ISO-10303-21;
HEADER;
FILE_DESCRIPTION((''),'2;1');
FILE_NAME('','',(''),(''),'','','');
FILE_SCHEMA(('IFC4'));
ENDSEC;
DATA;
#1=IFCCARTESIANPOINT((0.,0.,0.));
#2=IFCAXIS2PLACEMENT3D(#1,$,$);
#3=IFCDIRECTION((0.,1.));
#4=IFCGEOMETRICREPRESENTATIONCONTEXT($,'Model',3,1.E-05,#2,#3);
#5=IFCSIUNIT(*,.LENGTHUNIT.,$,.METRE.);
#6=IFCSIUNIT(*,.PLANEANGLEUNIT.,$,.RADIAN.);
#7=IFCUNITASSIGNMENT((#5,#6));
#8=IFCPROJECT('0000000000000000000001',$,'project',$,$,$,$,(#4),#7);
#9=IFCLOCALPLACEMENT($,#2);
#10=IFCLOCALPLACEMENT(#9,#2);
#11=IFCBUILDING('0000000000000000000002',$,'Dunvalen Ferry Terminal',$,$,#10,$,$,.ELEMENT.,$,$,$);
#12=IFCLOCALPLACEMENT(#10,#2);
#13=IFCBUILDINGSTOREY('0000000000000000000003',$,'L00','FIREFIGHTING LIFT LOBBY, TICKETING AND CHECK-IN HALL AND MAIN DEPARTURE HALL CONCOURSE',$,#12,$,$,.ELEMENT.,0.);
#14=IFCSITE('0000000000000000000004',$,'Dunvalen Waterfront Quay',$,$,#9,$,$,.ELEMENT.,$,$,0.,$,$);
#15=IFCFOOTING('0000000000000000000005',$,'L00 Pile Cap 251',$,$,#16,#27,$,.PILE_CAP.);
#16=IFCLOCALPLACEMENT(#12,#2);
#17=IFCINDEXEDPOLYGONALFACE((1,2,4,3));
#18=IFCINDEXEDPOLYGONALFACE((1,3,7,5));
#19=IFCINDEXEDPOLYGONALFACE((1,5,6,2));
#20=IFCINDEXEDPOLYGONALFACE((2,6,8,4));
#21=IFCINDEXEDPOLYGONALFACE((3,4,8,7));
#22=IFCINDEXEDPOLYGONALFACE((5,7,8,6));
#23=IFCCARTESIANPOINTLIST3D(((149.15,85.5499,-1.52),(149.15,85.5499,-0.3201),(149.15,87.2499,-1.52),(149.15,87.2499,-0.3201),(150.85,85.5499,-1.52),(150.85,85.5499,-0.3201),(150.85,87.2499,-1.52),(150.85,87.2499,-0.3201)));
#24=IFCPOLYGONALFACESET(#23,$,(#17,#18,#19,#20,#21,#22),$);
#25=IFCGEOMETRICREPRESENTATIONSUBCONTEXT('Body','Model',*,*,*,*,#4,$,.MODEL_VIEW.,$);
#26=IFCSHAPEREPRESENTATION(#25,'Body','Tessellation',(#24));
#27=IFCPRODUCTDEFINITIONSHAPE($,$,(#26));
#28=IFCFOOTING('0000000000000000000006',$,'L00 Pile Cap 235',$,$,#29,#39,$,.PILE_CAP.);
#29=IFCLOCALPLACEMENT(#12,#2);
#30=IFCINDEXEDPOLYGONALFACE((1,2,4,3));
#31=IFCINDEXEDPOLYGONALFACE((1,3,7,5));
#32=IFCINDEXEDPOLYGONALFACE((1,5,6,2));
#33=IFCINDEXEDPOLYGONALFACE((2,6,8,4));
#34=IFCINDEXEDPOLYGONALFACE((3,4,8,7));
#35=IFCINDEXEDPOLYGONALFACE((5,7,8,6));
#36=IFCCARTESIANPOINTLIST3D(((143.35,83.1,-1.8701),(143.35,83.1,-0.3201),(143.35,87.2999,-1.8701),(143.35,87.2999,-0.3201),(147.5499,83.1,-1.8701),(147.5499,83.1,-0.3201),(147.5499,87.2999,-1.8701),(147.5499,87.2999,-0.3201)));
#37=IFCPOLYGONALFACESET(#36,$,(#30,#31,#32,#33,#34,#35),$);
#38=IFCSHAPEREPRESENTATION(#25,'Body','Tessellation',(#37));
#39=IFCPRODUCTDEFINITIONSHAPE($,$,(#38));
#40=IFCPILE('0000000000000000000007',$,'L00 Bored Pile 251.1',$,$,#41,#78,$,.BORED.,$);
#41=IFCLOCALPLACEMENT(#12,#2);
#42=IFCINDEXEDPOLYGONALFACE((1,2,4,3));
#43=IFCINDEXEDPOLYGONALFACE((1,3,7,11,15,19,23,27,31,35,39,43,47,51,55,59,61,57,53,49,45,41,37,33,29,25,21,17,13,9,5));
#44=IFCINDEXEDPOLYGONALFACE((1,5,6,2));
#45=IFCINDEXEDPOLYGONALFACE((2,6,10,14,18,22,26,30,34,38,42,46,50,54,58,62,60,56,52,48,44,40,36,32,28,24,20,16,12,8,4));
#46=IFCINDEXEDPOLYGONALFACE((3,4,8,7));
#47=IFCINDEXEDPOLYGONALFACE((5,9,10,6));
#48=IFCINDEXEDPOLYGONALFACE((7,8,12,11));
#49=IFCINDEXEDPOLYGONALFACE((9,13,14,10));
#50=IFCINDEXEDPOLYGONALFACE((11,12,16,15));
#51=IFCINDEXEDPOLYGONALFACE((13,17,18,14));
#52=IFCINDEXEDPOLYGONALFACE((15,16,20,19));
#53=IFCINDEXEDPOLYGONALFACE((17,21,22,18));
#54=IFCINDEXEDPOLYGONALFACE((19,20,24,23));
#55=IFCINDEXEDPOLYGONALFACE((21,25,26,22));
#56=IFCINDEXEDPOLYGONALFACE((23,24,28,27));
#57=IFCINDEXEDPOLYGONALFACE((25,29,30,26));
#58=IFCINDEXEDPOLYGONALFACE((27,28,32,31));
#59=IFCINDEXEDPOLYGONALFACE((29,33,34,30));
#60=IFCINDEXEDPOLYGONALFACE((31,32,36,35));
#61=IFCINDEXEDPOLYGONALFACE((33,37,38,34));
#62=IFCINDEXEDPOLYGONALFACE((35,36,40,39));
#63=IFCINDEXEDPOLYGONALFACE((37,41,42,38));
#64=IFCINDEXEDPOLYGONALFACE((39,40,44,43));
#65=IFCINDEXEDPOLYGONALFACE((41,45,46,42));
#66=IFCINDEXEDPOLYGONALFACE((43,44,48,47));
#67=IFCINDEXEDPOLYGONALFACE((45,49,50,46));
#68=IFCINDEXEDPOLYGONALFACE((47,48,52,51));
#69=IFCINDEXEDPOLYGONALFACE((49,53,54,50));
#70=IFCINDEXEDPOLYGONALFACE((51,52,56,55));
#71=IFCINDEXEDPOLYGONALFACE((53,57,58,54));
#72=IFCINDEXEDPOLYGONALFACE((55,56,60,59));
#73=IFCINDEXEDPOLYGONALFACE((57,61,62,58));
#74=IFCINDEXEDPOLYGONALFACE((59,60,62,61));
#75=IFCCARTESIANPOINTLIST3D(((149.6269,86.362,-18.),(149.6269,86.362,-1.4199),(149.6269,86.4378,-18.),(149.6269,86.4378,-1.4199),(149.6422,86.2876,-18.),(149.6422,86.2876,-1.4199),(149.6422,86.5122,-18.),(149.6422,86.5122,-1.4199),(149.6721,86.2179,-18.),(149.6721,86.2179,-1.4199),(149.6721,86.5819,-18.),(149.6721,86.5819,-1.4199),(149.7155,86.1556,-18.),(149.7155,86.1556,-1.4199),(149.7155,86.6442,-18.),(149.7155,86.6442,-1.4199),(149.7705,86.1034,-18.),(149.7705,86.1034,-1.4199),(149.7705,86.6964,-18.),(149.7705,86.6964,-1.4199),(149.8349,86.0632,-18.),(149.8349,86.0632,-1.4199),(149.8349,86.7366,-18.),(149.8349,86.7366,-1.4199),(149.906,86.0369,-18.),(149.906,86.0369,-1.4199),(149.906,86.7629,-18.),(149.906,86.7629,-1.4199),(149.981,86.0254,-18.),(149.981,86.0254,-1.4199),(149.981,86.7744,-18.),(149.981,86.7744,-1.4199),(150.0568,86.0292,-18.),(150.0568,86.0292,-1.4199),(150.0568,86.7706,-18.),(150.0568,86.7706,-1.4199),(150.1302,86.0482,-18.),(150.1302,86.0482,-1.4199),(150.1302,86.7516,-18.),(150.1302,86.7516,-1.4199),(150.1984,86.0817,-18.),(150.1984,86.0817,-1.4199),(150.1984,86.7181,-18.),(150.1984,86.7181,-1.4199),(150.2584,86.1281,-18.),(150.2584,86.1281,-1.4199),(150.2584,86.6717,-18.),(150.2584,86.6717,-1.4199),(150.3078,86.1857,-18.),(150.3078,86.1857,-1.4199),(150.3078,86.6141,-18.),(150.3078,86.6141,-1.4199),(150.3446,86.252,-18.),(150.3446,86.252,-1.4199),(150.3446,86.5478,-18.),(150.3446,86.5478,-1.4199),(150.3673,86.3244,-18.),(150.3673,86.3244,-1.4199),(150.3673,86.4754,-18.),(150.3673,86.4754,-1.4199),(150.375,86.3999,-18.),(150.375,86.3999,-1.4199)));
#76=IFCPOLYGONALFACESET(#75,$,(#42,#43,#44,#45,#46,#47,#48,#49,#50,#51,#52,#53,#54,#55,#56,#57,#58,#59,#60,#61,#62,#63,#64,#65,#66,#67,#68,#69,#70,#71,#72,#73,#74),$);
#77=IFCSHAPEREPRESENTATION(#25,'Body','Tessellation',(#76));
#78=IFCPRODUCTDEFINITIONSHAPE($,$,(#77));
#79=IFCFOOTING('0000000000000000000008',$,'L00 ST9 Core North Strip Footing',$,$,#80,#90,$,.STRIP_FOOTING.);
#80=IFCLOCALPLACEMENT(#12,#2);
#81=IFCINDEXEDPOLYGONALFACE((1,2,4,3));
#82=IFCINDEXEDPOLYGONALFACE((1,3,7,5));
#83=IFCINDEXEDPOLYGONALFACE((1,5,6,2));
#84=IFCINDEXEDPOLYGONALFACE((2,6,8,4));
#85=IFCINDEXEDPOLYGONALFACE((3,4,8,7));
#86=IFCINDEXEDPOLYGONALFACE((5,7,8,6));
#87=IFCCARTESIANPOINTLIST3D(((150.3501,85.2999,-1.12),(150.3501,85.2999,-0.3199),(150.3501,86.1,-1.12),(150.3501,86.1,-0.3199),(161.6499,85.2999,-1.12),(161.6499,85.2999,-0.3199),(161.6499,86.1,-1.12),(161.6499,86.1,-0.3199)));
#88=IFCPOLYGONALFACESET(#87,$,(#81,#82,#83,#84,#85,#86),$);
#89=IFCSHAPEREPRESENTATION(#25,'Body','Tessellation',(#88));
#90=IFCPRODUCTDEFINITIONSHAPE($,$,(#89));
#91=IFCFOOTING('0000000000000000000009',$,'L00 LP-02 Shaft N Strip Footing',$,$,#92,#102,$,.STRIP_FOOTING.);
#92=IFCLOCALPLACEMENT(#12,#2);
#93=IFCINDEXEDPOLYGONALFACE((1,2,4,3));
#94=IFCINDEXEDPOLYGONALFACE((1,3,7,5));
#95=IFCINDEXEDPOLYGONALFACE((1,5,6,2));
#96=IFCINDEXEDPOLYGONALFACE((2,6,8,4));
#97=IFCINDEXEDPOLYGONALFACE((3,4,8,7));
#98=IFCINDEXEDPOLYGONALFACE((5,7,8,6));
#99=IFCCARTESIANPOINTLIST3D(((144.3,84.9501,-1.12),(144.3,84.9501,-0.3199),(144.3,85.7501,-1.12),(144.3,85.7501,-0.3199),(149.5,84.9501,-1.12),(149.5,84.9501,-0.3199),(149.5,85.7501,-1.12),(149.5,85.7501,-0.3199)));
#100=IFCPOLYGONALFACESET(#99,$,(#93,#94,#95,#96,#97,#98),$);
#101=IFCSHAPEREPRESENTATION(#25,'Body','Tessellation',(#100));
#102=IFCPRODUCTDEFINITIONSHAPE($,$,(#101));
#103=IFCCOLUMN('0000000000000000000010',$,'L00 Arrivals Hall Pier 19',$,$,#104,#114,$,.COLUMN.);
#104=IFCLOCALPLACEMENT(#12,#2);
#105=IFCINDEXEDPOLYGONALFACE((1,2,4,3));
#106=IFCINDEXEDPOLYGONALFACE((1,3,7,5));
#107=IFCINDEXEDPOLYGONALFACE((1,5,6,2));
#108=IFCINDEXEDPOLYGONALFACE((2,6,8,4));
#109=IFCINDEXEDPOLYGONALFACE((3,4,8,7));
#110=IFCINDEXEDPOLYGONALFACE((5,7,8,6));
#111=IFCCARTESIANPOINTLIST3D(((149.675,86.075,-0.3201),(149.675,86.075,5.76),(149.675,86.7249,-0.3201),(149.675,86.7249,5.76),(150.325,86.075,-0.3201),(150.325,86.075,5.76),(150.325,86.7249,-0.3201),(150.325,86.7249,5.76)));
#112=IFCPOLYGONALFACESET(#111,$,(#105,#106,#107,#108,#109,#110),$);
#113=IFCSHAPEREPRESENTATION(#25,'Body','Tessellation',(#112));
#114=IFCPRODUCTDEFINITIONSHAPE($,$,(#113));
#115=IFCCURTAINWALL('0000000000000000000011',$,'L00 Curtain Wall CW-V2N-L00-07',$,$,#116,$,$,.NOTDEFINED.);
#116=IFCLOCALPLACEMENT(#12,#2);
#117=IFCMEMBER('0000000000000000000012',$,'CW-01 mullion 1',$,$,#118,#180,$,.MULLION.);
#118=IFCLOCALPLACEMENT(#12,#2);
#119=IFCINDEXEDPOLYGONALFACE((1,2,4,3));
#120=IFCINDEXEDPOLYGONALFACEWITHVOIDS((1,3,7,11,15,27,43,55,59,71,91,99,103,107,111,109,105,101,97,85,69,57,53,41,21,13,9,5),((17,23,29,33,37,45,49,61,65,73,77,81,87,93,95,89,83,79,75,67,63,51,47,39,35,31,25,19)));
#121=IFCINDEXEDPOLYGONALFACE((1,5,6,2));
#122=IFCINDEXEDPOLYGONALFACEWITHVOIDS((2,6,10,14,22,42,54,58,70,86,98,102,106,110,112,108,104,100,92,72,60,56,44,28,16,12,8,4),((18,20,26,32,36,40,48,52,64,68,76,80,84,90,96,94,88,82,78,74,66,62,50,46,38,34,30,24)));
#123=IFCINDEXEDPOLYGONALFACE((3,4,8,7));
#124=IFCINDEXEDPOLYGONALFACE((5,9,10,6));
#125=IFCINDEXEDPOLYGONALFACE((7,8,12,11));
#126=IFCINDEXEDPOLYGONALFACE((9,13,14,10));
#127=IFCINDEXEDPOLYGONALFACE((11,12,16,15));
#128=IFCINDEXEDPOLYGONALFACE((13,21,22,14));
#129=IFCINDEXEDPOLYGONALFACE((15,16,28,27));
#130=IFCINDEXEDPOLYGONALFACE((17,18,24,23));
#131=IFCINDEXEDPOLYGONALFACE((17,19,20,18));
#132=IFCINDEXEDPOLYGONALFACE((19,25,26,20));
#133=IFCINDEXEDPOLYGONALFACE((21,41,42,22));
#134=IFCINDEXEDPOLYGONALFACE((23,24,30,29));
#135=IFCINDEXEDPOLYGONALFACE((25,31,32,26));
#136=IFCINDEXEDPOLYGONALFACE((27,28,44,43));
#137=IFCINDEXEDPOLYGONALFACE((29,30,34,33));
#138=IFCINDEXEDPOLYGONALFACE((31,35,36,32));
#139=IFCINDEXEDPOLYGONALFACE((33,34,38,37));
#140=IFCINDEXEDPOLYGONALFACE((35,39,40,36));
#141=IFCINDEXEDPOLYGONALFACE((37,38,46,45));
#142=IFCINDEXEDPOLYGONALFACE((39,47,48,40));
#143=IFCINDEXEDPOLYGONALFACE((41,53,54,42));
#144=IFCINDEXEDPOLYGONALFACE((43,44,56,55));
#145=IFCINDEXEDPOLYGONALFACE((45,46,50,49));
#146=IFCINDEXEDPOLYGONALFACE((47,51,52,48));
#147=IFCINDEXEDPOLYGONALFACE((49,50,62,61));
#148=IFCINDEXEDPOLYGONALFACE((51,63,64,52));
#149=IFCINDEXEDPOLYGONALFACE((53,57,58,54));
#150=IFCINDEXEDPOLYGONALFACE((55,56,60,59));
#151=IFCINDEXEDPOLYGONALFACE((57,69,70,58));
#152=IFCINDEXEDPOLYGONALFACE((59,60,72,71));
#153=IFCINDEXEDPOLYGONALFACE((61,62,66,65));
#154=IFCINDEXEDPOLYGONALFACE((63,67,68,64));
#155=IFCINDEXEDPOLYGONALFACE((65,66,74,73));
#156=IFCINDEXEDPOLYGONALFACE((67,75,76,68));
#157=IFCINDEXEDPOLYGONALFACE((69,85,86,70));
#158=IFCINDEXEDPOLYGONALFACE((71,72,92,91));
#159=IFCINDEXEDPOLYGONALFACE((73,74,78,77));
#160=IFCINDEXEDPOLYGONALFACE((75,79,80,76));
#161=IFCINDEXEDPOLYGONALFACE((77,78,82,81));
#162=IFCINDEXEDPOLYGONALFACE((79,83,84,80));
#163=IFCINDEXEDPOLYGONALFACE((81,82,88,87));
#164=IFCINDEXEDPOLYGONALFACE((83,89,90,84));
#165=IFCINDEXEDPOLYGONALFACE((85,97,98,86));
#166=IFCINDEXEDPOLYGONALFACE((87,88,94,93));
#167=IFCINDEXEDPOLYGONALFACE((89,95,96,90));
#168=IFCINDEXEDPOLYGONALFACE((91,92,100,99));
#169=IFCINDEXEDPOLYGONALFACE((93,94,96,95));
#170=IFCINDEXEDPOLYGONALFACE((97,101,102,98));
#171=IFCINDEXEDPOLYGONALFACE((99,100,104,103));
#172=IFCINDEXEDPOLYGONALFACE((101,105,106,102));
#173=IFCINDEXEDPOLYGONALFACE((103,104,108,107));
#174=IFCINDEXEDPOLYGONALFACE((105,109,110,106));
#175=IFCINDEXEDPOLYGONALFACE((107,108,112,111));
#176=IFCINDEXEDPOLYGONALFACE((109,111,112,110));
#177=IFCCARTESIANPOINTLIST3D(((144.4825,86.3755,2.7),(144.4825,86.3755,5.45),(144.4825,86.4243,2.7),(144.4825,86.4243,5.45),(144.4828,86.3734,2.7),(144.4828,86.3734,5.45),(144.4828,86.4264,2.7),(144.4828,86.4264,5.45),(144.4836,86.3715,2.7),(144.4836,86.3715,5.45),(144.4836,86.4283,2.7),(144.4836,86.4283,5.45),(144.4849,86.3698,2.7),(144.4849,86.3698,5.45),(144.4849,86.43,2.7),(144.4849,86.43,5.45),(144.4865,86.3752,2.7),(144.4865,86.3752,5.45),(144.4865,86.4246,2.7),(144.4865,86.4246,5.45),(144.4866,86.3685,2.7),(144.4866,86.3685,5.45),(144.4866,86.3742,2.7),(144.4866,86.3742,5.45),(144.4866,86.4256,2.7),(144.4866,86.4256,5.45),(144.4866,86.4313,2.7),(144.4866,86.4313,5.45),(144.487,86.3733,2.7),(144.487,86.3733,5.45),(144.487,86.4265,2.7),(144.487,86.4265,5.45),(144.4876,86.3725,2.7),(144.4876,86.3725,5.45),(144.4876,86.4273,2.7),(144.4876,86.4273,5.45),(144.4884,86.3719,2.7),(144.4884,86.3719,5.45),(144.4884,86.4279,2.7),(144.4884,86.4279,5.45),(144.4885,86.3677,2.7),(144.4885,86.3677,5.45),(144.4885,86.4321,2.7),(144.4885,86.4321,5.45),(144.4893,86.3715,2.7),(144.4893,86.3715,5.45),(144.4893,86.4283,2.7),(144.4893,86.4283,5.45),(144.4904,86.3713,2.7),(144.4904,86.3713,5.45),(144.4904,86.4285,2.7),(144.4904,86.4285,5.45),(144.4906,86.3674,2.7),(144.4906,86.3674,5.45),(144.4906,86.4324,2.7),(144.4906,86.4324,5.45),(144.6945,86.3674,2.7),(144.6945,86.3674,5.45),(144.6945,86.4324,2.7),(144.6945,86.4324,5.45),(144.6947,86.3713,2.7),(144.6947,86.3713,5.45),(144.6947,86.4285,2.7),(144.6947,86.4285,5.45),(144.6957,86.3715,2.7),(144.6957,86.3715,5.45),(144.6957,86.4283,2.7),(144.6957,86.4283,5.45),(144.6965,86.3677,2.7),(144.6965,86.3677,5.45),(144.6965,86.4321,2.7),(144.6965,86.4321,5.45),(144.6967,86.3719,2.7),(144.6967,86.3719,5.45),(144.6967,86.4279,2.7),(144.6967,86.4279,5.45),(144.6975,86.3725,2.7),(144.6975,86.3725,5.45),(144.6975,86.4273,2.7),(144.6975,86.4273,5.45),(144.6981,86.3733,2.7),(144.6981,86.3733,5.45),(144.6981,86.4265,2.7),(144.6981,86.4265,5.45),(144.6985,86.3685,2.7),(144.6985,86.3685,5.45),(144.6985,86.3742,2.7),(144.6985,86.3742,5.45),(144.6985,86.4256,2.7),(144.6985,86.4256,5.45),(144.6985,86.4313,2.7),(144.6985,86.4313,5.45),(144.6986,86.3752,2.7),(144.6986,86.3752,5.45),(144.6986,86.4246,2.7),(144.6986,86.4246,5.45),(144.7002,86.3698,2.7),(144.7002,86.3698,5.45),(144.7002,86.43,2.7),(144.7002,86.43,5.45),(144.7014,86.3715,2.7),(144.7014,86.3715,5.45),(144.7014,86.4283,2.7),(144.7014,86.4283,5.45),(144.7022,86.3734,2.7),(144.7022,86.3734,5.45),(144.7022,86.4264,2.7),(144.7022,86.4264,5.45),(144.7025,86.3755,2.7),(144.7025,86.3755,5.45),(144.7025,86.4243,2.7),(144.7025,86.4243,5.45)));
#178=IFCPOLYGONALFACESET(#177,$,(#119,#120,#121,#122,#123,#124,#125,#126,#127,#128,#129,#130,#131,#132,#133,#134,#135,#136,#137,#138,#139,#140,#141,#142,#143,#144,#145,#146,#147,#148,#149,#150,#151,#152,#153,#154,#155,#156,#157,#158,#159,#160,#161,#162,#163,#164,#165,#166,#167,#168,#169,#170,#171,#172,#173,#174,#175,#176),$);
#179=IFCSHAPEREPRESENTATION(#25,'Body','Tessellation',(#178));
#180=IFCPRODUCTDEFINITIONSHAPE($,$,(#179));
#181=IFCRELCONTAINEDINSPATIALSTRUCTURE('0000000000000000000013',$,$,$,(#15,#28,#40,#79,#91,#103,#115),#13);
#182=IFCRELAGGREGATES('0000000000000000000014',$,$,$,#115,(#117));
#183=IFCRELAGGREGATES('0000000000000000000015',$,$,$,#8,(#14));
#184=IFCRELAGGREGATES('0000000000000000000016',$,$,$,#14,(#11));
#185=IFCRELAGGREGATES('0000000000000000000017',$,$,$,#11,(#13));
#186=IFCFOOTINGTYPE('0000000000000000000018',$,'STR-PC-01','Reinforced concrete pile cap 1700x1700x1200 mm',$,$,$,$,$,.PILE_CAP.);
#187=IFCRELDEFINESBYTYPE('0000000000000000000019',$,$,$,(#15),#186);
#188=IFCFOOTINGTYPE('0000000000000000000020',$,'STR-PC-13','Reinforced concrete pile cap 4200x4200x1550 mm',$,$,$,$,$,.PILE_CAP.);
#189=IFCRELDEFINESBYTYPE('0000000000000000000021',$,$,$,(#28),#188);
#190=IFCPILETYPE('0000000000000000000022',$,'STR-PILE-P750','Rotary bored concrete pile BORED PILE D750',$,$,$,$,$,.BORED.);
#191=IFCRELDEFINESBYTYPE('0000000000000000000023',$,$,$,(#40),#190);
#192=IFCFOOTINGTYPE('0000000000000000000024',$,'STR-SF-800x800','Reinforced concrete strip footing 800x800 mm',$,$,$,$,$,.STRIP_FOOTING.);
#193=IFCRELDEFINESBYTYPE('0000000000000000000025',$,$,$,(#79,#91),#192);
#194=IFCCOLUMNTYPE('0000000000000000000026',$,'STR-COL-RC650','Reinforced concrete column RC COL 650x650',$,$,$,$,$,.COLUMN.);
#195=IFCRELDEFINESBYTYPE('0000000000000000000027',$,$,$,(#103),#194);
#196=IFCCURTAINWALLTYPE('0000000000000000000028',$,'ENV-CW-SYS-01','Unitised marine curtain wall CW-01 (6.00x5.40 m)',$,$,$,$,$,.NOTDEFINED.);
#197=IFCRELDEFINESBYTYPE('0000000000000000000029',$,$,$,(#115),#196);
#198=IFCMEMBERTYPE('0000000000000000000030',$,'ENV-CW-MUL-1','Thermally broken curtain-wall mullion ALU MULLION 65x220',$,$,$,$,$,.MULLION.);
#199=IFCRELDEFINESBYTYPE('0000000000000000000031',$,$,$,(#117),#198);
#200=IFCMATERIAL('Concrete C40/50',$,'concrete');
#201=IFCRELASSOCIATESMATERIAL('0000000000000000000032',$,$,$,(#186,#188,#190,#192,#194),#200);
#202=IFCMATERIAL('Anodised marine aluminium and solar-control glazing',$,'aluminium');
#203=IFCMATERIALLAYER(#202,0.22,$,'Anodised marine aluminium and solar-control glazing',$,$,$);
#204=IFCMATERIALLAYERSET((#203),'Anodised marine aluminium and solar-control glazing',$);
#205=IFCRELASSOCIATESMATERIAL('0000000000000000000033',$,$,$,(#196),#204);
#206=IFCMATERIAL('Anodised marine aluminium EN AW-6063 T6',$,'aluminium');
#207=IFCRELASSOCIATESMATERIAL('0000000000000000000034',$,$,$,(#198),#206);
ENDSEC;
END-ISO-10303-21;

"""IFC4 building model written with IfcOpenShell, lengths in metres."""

from ifc_helpers import new_model, si_unit, direction, frame, origin, origin_2d, place, context, subcontext, project, spatial, rectangle, hollow_rectangle, circle, extrude, material, layer, layer_set, material_profile, profile_set, type_object, element, aggregate, save


model = new_model("IFC4")

# Units and contexts
model_context = context("Model", 3, precision=1e-05, world=origin(), true_north=direction((0.0, 1.0)))
body_context = subcontext(model_context, "Body", "Model", "MODEL_VIEW")
ifc_project = project(units=[si_unit("LENGTHUNIT", "METRE"), si_unit("PLANEANGLEUNIT", "RADIAN")], contexts=[model_context])

# Site, building, storey
site_placement = place(None, origin())
site = spatial("IfcSite", under=ifc_project, at=site_placement, Name="Dunvalen Waterfront Quay", CompositionType="ELEMENT", RefElevation=0.0)
building_placement = place(site_placement, origin())
building = spatial("IfcBuilding", under=site, at=building_placement, Name="Dunvalen Ferry Terminal", CompositionType="ELEMENT")
storey_placement = place(building_placement, origin())
storey = spatial("IfcBuildingStorey", under=building, at=storey_placement, Name="L00", Description="FIREFIGHTING LIFT LOBBY, TICKETING AND CHECK-IN HALL AND MAIN DEPARTURE HALL CONCOURSE", CompositionType="ELEMENT", Elevation=0.0)

# Footings
ifc_material_1 = material(Name="Concrete C40/50", Category="concrete")
footing_type_1 = type_object("IfcFootingType", Name="STR-PC-01", Description="Reinforced concrete pile cap 1700x1700x1200 mm", PredefinedType="PILE_CAP", material=ifc_material_1)
footing_1_placement = place(storey_placement, frame((150.0, 86.3999, -1.52), z_axis=(0.0, 0.0, 1.0), x_axis=(1.0, 0.0, 0.0)))
element("IfcFooting", 1, at=footing_1_placement, inside=storey, type_object=footing_type_1, Name="L00 Pile Cap 251", PredefinedType="PILE_CAP", context=body_context, shape_type="SweptSolid", body=[
    extrude(rectangle(XDim=1.7, YDim=1.7, at=origin_2d()), origin(), (0.0, 0.0, 1.0), 1.2),
])
footing_type_2 = type_object("IfcFootingType", Name="STR-PC-13", Description="Reinforced concrete pile cap 4200x4200x1550 mm", PredefinedType="PILE_CAP", material=ifc_material_1)
footing_2_placement = place(storey_placement, frame((145.45, 85.2, -1.8701), z_axis=(0.0, 0.0, 1.0), x_axis=(1.0, 0.0, 0.0)))
element("IfcFooting", 2, at=footing_2_placement, inside=storey, type_object=footing_type_2, Name="L00 Pile Cap 235", PredefinedType="PILE_CAP", context=body_context, shape_type="SweptSolid", body=[
    extrude(rectangle(XDim=4.2, YDim=4.2, at=origin_2d()), origin(), (0.0, 0.0, 1.0), 1.55),
])

# Pile
ifc_material_profile_1 = material_profile(ifc_material_1, circle(Radius=0.375, at=origin_2d()), Name="Concrete C40/50")
ifc_profile_set_1 = profile_set([ifc_material_profile_1], Name="Concrete C40/50")
pile_type = type_object("IfcPileType", Name="STR-PILE-P750", Description="Rotary bored concrete pile BORED PILE D750", PredefinedType="BORED", material=ifc_profile_set_1)
pile_placement = place(storey_placement, frame((150.0, 86.3999, -1.4199), z_axis=(0.0, 0.0, -1.0), x_axis=(1.0, 0.0, 0.0)))
element("IfcPile", 3, at=pile_placement, inside=storey, type_object=pile_type, Name="L00 Bored Pile 251.1", PredefinedType="BORED", context=body_context, shape_type="SweptSolid", body=[
    extrude(circle(Radius=0.375, at=origin_2d()), origin(), (0.0, 0.0, 1.0), 16.5801),
])

# Footings
ifc_material_profile_2 = material_profile(ifc_material_1, rectangle(XDim=0.8, YDim=0.8, at=origin_2d()), Name="Concrete C40/50")
ifc_profile_set_2 = profile_set([ifc_material_profile_2], Name="Concrete C40/50")
footing_type_3 = type_object("IfcFootingType", Name="STR-SF-800x800", Description="Reinforced concrete strip footing 800x800 mm", PredefinedType="STRIP_FOOTING", material=ifc_profile_set_2)
footing_3_placement = place(storey_placement, frame((150.3501, 85.7, -0.72), z_axis=(1.0, 0.0, 0.0), x_axis=(0.0, 1.0, 0.0)))
element("IfcFooting", 4, at=footing_3_placement, inside=storey, type_object=footing_type_3, Name="L00 ST9 Core North Strip Footing", PredefinedType="STRIP_FOOTING", context=body_context, shape_type="SweptSolid", body=[
    extrude(rectangle(XDim=0.8, YDim=0.8, at=origin_2d()), origin(), (0.0, 0.0, 1.0), 11.2998),
])
footing_4_placement = place(storey_placement, frame((144.3, 85.3501, -0.72), z_axis=(1.0, 0.0, 0.0), x_axis=(0.0, 1.0, 0.0)))
element("IfcFooting", 5, at=footing_4_placement, inside=storey, type_object=footing_type_3, Name="L00 LP-02 Shaft N Strip Footing", PredefinedType="STRIP_FOOTING", context=body_context, shape_type="SweptSolid", body=[
    extrude(rectangle(XDim=0.8, YDim=0.8, at=origin_2d()), origin(), (0.0, 0.0, 1.0), 5.2),
])

# Column
ifc_material_profile_3 = material_profile(ifc_material_1, rectangle(XDim=0.6499, YDim=0.6499, at=origin_2d()), Name="Concrete C40/50")
ifc_profile_set_3 = profile_set([ifc_material_profile_3], Name="Concrete C40/50")
column_type = type_object("IfcColumnType", Name="STR-COL-RC650", Description="Reinforced concrete column RC COL 650x650", PredefinedType="COLUMN", material=ifc_profile_set_3)
column_placement = place(storey_placement, frame((150.0, 86.3999, -0.3201), z_axis=(0.0, 0.0, 1.0), x_axis=(1.0, 0.0, 0.0)))
element("IfcColumn", 6, at=column_placement, inside=storey, type_object=column_type, Name="L00 Arrivals Hall Pier 19", PredefinedType="COLUMN", context=body_context, shape_type="SweptSolid", body=[
    extrude(rectangle(XDim=0.6499, YDim=0.6499, at=origin_2d()), origin(), (0.0, 0.0, 1.0), 6.0801),
])

# Curtain wall, member
ifc_material_2 = material(Name="Anodised marine aluminium and solar-control glazing", Category="aluminium")
ifc_layer_1 = layer(ifc_material_2, 0.22, Name="Anodised marine aluminium and solar-control glazing")
ifc_layer_set_1 = layer_set([ifc_layer_1], Name="Anodised marine aluminium and solar-control glazing")
curtain_wall_type = type_object("IfcCurtainWallType", Name="ENV-CW-SYS-01", Description="Unitised marine curtain wall CW-01 (6.00x5.40 m)", PredefinedType="NOTDEFINED", material=ifc_layer_set_1)
curtain_wall_1_placement = place(storey_placement, origin())
curtain_wall_1 = element("IfcCurtainWall", 7, at=curtain_wall_1_placement, inside=storey, type_object=curtain_wall_type, Name="L00 Curtain Wall CW-V2N-L00-07", PredefinedType="NOTDEFINED")
ifc_material_3 = material(Name="Anodised marine aluminium EN AW-6063 T6", Category="aluminium")
ifc_material_profile_4 = material_profile(ifc_material_3, hollow_rectangle(XDim=0.0649, YDim=0.22, WallThickness=0.0039, InnerFilletRadius=0.0039, OuterFilletRadius=0.0081, at=origin_2d()), Name="Anodised marine aluminium EN AW-6063 T6")
ifc_profile_set_4 = profile_set([ifc_material_profile_4], Name="Anodised marine aluminium EN AW-6063 T6")
member_type_1 = type_object("IfcMemberType", Name="ENV-CW-MUL-1", Description="Thermally broken curtain-wall mullion ALU MULLION 65x220", PredefinedType="MULLION", material=ifc_profile_set_4)
member_1_placement = place(storey_placement, frame((144.5925, 86.3999, 2.7), z_axis=(0.0, 0.0, 1.0), x_axis=(0.0, 1.0, 0.0)))
member_1 = element("IfcMember", 8, at=member_1_placement, type_object=member_type_1, Name="CW-01 mullion 1", PredefinedType="MULLION", context=body_context, shape_type="SweptSolid", body=[
    extrude(hollow_rectangle(XDim=0.0649, YDim=0.22, WallThickness=0.0039, InnerFilletRadius=0.0039, OuterFilletRadius=0.0081, at=origin_2d()), origin(), (0.0, 0.0, 1.0), 2.75),
])

aggregate(curtain_wall_1, [member_1])

save(model, "model.ifc")
